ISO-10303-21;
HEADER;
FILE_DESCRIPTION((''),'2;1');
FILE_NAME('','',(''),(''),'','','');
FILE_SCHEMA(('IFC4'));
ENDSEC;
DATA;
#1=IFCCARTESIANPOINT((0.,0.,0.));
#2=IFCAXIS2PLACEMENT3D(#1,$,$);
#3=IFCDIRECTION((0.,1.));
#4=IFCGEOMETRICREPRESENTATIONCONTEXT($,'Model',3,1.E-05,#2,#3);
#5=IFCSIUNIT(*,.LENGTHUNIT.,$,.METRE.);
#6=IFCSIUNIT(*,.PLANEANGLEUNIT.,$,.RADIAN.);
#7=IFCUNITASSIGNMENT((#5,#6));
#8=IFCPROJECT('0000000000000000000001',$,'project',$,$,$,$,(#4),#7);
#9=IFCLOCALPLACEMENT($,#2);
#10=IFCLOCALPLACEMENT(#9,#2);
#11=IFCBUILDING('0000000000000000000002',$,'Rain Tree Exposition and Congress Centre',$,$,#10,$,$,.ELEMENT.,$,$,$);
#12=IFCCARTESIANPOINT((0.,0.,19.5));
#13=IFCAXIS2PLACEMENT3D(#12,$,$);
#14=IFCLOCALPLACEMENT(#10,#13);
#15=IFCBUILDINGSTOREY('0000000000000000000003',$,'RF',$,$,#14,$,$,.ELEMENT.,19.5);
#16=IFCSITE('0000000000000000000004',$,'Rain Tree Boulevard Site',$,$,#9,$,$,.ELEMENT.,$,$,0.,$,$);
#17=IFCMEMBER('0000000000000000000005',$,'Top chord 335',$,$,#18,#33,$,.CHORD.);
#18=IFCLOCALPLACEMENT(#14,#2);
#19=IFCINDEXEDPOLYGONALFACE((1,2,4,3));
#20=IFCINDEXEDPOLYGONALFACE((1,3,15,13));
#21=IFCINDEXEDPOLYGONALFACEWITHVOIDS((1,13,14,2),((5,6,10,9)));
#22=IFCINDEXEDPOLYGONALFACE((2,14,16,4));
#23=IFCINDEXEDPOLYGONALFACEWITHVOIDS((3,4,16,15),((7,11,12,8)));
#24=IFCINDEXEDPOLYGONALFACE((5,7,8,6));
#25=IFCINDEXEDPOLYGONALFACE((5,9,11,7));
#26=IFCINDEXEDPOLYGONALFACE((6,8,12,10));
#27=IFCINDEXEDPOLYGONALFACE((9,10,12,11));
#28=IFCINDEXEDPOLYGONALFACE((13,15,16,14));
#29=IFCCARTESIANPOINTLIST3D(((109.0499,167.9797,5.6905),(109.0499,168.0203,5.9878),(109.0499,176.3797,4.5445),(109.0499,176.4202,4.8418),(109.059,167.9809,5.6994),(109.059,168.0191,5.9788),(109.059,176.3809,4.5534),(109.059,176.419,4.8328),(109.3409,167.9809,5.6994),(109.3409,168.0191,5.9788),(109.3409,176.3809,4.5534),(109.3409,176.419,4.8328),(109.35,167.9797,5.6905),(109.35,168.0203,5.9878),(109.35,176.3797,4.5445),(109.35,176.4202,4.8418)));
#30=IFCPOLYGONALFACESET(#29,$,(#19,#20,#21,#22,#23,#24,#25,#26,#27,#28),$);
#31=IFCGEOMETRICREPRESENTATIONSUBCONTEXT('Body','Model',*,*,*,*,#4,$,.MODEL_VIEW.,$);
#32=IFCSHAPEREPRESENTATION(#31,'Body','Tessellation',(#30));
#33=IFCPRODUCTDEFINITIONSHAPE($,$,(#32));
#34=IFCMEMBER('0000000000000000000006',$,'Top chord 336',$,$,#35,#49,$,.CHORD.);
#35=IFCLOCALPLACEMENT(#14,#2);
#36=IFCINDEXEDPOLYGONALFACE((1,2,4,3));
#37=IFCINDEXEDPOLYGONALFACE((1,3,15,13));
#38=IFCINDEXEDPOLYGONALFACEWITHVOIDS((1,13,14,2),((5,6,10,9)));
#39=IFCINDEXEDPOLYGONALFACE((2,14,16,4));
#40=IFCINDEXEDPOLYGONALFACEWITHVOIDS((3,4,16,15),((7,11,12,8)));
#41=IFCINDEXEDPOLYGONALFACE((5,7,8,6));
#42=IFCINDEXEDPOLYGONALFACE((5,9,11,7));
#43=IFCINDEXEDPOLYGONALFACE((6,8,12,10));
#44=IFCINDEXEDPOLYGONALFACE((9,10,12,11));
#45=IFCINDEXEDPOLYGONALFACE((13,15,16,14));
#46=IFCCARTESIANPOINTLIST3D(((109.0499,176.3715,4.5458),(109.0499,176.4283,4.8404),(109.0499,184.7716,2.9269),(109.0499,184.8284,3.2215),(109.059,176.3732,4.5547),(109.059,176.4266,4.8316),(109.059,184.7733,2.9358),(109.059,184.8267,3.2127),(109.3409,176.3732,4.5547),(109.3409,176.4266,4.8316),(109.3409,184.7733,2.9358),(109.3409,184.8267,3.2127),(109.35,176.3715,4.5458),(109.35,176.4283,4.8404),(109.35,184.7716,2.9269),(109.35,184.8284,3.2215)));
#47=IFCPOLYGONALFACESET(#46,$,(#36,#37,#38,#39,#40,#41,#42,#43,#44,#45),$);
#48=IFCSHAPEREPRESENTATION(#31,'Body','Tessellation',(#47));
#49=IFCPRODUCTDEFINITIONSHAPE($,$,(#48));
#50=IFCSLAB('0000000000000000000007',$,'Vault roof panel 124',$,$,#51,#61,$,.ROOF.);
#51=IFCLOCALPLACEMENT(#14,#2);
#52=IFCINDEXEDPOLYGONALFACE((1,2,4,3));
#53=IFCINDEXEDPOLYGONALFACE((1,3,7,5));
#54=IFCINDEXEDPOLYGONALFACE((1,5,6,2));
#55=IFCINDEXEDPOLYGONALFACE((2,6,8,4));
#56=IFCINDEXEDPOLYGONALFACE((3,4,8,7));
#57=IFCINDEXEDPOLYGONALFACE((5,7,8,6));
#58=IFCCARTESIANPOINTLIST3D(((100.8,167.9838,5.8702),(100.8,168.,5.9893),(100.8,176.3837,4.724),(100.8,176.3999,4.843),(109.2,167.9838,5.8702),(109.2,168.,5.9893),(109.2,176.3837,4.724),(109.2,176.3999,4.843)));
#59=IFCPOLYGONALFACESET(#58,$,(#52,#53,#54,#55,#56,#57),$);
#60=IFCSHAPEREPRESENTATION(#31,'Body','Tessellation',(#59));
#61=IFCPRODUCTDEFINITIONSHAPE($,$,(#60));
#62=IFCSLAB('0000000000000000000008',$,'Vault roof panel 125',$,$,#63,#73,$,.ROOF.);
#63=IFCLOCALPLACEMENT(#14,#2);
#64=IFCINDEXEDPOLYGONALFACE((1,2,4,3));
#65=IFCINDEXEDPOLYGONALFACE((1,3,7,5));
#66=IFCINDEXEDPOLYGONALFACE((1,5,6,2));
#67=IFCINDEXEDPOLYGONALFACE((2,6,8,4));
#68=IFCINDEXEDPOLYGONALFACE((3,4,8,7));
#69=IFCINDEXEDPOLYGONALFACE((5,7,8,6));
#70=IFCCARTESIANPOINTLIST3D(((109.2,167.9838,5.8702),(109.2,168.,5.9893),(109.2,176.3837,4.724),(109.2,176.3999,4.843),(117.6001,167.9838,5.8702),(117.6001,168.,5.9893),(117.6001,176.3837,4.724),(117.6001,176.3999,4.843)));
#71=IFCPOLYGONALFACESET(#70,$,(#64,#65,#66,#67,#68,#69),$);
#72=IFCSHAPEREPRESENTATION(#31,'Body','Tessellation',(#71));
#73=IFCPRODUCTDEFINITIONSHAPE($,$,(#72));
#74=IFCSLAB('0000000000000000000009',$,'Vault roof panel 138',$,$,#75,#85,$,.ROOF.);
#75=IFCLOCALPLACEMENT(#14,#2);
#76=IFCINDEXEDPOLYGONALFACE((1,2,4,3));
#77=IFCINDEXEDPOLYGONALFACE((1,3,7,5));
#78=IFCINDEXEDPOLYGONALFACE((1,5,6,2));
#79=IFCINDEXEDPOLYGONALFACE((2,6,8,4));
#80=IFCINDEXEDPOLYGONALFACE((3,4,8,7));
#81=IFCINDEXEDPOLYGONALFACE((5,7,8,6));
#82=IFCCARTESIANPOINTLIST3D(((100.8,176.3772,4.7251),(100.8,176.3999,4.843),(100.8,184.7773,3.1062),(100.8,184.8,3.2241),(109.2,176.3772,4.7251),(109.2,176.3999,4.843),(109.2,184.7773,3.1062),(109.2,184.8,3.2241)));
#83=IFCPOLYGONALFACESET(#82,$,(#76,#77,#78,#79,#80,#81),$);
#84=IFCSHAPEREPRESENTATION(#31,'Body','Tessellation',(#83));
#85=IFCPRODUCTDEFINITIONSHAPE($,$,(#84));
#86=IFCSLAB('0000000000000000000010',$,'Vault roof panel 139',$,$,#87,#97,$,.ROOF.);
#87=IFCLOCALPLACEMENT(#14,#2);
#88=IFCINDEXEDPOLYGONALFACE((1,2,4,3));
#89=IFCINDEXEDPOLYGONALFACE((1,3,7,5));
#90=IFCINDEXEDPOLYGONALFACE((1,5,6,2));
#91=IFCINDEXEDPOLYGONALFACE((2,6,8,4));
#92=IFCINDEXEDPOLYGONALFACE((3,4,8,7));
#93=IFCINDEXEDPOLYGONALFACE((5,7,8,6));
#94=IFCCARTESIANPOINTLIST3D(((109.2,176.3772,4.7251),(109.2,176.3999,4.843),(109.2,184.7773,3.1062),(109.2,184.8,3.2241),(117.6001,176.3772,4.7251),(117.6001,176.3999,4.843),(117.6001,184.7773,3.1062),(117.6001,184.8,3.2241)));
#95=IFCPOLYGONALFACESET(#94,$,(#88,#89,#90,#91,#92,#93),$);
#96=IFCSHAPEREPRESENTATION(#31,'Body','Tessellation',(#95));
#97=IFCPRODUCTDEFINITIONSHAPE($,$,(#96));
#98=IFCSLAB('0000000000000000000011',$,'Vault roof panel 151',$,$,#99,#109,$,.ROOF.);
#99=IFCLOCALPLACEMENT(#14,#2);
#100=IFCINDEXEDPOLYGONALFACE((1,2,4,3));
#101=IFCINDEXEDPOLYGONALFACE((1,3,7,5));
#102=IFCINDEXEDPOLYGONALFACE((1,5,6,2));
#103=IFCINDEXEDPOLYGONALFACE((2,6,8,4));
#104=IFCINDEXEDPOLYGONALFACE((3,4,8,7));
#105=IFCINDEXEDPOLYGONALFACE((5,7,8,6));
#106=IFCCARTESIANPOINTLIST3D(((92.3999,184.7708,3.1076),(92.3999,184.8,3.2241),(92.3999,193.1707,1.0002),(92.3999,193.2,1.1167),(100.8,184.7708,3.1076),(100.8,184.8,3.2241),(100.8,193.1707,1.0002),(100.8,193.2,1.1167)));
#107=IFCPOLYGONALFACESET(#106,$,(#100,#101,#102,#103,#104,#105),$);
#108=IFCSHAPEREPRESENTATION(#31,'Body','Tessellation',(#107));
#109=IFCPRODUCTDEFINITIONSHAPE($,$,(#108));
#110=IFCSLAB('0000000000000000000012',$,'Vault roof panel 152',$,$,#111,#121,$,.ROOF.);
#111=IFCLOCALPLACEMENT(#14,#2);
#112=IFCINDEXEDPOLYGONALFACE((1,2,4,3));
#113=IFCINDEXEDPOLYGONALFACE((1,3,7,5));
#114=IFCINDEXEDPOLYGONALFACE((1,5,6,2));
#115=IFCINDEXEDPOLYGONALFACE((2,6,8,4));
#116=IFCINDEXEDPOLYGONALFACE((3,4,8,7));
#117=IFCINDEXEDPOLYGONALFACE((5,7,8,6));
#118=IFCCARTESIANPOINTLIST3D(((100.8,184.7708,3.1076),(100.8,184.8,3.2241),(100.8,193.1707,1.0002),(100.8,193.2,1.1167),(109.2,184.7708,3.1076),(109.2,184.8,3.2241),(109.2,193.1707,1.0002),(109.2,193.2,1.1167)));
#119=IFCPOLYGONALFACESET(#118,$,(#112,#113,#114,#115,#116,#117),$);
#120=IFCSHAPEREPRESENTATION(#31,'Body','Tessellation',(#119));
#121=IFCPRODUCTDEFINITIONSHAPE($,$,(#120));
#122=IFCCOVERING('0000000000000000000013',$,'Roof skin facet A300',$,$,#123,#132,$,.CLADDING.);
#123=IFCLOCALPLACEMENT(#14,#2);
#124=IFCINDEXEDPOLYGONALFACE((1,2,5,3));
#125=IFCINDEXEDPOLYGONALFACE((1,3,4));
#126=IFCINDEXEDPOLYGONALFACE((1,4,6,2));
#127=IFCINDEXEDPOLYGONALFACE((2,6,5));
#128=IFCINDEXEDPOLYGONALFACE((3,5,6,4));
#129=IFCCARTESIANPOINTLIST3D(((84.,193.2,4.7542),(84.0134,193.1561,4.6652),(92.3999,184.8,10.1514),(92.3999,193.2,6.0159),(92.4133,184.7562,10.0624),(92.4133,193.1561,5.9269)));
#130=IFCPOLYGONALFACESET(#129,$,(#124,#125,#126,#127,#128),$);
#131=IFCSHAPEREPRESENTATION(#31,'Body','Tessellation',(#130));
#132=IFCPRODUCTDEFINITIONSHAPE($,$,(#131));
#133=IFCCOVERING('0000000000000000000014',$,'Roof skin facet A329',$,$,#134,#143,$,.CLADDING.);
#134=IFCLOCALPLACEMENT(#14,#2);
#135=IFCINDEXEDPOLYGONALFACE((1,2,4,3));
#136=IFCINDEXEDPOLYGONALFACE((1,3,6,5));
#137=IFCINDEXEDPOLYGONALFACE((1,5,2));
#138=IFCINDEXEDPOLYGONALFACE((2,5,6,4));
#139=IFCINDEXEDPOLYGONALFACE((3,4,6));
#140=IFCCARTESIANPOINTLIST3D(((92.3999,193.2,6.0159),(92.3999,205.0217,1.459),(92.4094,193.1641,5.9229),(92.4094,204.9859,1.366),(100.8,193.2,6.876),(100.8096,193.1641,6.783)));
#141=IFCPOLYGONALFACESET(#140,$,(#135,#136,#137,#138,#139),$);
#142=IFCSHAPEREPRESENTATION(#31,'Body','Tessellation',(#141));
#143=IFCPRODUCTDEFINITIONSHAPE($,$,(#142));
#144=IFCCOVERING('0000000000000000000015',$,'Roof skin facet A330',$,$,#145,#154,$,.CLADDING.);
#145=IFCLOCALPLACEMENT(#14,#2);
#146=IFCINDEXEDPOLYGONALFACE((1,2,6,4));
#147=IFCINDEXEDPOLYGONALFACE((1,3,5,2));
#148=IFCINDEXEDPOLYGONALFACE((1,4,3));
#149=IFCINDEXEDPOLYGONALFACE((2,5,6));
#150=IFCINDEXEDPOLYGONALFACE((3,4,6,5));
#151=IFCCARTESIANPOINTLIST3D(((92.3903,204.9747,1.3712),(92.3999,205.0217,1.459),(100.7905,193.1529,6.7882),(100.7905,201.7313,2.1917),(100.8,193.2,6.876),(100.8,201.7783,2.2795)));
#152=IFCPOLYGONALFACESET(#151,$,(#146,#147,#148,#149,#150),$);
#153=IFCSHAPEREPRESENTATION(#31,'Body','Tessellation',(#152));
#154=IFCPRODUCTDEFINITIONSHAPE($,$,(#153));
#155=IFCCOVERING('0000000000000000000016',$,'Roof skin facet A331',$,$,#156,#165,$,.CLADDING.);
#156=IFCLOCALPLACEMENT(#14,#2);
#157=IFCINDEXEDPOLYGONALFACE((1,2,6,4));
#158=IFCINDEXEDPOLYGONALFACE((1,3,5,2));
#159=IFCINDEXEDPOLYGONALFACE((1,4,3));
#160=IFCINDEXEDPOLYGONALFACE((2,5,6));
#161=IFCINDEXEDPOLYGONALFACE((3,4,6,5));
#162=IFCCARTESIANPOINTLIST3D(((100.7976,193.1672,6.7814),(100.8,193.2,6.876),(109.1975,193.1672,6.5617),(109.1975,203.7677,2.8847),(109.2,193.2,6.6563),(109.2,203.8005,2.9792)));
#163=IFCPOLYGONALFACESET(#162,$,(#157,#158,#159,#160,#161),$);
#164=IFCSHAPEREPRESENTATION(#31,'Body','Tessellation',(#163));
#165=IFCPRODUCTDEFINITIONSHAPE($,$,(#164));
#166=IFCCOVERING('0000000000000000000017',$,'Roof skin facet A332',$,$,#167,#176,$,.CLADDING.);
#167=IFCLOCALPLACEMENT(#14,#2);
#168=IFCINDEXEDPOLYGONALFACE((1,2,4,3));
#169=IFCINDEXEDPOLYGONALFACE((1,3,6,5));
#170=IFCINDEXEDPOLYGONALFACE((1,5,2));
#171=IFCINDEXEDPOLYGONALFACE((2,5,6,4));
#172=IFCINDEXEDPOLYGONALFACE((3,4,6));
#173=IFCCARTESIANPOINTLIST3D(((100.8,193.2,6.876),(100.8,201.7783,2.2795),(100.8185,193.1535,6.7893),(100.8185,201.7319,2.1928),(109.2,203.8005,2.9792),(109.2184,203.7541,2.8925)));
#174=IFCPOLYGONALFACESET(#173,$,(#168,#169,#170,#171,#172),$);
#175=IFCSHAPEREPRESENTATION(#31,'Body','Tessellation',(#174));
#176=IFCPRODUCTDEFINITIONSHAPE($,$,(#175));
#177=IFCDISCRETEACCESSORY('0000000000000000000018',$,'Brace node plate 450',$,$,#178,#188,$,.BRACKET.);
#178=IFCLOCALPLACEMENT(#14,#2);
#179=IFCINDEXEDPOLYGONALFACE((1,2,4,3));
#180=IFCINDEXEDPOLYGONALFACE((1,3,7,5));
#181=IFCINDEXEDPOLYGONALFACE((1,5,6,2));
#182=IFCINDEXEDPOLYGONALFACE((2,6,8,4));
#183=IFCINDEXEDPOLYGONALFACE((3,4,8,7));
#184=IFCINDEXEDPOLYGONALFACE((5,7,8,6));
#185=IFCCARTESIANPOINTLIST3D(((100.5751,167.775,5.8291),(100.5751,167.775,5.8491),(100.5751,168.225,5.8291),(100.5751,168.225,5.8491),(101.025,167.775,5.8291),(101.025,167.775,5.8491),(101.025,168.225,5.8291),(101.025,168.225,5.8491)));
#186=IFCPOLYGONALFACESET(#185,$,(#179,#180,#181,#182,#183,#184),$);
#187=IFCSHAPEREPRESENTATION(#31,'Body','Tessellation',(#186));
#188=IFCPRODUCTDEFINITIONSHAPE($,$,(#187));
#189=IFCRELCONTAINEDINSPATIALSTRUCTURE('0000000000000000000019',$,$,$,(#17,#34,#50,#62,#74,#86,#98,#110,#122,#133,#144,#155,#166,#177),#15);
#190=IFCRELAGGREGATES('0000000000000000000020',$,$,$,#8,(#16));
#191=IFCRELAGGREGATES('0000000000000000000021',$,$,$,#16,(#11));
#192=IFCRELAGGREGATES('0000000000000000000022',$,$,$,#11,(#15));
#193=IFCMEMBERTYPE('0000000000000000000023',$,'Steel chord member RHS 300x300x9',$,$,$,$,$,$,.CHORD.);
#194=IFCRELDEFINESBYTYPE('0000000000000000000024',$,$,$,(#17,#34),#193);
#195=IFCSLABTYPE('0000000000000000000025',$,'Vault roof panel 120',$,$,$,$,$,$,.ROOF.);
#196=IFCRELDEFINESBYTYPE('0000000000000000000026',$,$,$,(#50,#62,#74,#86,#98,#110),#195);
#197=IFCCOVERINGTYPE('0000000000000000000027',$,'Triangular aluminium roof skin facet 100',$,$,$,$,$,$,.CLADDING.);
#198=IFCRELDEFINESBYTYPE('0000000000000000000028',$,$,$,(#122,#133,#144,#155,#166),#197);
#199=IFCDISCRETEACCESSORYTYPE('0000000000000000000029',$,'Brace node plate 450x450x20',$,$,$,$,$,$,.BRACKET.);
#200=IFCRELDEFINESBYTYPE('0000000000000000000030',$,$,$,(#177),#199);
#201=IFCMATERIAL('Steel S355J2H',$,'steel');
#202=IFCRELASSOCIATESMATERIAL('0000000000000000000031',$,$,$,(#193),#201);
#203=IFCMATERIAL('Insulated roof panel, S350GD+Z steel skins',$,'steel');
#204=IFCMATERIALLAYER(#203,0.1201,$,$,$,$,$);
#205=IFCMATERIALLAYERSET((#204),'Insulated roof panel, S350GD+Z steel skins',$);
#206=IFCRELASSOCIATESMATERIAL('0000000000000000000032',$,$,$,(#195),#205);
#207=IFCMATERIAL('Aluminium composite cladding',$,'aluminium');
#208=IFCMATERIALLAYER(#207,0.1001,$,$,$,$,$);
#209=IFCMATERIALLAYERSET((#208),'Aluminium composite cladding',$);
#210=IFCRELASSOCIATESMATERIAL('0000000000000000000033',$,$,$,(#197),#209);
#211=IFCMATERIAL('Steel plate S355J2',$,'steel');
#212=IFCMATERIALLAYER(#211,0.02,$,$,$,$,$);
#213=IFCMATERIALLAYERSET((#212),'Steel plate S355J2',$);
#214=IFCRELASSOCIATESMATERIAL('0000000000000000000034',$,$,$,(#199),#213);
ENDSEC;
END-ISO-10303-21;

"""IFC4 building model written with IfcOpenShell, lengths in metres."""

from ifc_helpers import new_model, si_unit, direction, frame, origin, origin_2d, place, context, subcontext, project, spatial, polyline, rectangle, hollow_rectangle, outline, extrude, material, layer, layer_set, material_profile, profile_set, type_object, element, save


model = new_model("IFC4")

# Units and contexts
model_context = context("Model", 3, precision=1e-05, world=origin(), true_north=direction((0.0, 1.0)))
body_context = subcontext(model_context, "Body", "Model", "MODEL_VIEW")
ifc_project = project(units=[si_unit("LENGTHUNIT", "METRE"), si_unit("PLANEANGLEUNIT", "RADIAN")], contexts=[model_context])

# Site, building, storey
site_placement = place(None, origin())
site = spatial("IfcSite", under=ifc_project, at=site_placement, Name="Rain Tree Boulevard Site", CompositionType="ELEMENT", RefElevation=0.0)
building_placement = place(site_placement, origin())
building = spatial("IfcBuilding", under=site, at=building_placement, Name="Rain Tree Exposition and Congress Centre", CompositionType="ELEMENT")
storey_placement = place(building_placement, frame((0.0, 0.0, 19.5)))
storey = spatial("IfcBuildingStorey", under=building, at=storey_placement, Name="RF", CompositionType="ELEMENT", Elevation=19.5)

# Members
ifc_material_1 = material(Name="Steel S355J2H", Category="steel")
ifc_material_profile_1 = material_profile(ifc_material_1, hollow_rectangle(XDim=0.3, YDim=0.3, WallThickness=0.009, at=origin_2d()), Name="RHS 300x300x9")
ifc_profile_set_1 = profile_set([ifc_material_profile_1], Name="Steel S355J2H")
member_type = type_object("IfcMemberType", Name="Steel chord member RHS 300x300x9", PredefinedType="CHORD", material=ifc_profile_set_1)
member_1_placement = place(storey_placement, frame((109.2, 168.0, 5.8391), z_axis=(0.0, 0.990821, -0.135177), x_axis=(-1.0, 0.0, 0.0)))
element("IfcMember", 1, at=member_1_placement, inside=storey, type_object=member_type, Name="Top chord 335", PredefinedType="CHORD", context=body_context, shape_type="SweptSolid", body=[
    extrude(hollow_rectangle(XDim=0.3, YDim=0.3, WallThickness=0.009, at=origin_2d()), origin(), (0.0, 0.0, 1.0), 8.4778),
])
member_2_placement = place(storey_placement, frame((109.2, 176.3999, 4.6931), z_axis=(0.0, 0.981931, -0.18924), x_axis=(-1.0, 0.0, 0.0)))
element("IfcMember", 2, at=member_2_placement, inside=storey, type_object=member_type, Name="Top chord 336", PredefinedType="CHORD", context=body_context, shape_type="SweptSolid", body=[
    extrude(hollow_rectangle(XDim=0.3, YDim=0.3, WallThickness=0.009, at=origin_2d()), origin(), (0.0, 0.0, 1.0), 8.5547),
])

# Slabs
ifc_material_2 = material(Name="Insulated roof panel, S350GD+Z steel skins", Category="steel")
ifc_layer_1 = layer(ifc_material_2, 0.1201)
ifc_layer_set_1 = layer_set([ifc_layer_1], Name="Insulated roof panel, S350GD+Z steel skins")
slab_type = type_object("IfcSlabType", Name="Vault roof panel 120", PredefinedType="ROOF", material=ifc_layer_set_1)
slab_1_placement = place(storey_placement, frame((100.8, 168.0, 5.9893), z_axis=(0.0, 0.135206, 0.990818), x_axis=(1.0, 0.0, 0.0)))
element("IfcSlab", 3, at=slab_1_placement, inside=storey, type_object=slab_type, Name="Vault roof panel 124", PredefinedType="ROOF", context=body_context, shape_type="SweptSolid", body=[
    extrude(outline(polyline([(0.0, 0.0), (8.3999, 0.0), (8.3999, 8.4777), (0.0, 8.4777), (0.0, 0.0)])), origin(), (0.0, 0.0, -1.0), 0.1201),
])
slab_2_placement = place(storey_placement, frame((109.2, 168.0, 5.9893), z_axis=(0.0, 0.135206, 0.990818), x_axis=(1.0, 0.0, 0.0)))
element("IfcSlab", 4, at=slab_2_placement, inside=storey, type_object=slab_type, Name="Vault roof panel 125", PredefinedType="ROOF", context=body_context, shape_type="SweptSolid", body=[
    extrude(outline(polyline([(0.0, 0.0), (8.4001, 0.0), (8.4001, 8.4777), (0.0, 8.4777), (0.0, 0.0)])), origin(), (0.0, 0.0, -1.0), 0.1201),
])
slab_3_placement = place(storey_placement, frame((100.8, 176.3999, 4.843), z_axis=(0.0, 0.18924, 0.981931), x_axis=(1.0, 0.0, 0.0)))
element("IfcSlab", 5, at=slab_3_placement, inside=storey, type_object=slab_type, Name="Vault roof panel 138", PredefinedType="ROOF", context=body_context, shape_type="SweptSolid", body=[
    extrude(outline(polyline([(0.0, 0.0), (8.3999, 0.0), (8.3999, 8.5547), (0.0, 8.5547), (0.0, 0.0)])), origin(), (0.0, 0.0, -1.0), 0.1201),
])
slab_4_placement = place(storey_placement, frame((109.2, 176.3999, 4.843), z_axis=(0.0, 0.18924, 0.981931), x_axis=(1.0, 0.0, 0.0)))
element("IfcSlab", 6, at=slab_4_placement, inside=storey, type_object=slab_type, Name="Vault roof panel 139", PredefinedType="ROOF", context=body_context, shape_type="SweptSolid", body=[
    extrude(outline(polyline([(0.0, 0.0), (8.4001, 0.0), (8.4001, 8.5547), (0.0, 8.5547), (0.0, 0.0)])), origin(), (0.0, 0.0, -1.0), 0.1201),
])
slab_5_placement = place(storey_placement, frame((92.3999, 184.8, 3.2241), z_axis=(0.0, 0.243345, 0.96994), x_axis=(1.0, 0.0, 0.0)))
element("IfcSlab", 7, at=slab_5_placement, inside=storey, type_object=slab_type, Name="Vault roof panel 151", PredefinedType="ROOF", context=body_context, shape_type="SweptSolid", body=[
    extrude(outline(polyline([(0.0, 0.0), (8.4001, 0.0), (8.4001, 8.6602), (0.0, 8.6602), (0.0, 0.0)])), origin(), (0.0, 0.0, -1.0), 0.1201),
])
slab_6_placement = place(storey_placement, frame((100.8, 184.8, 3.2241), z_axis=(0.0, 0.243345, 0.96994), x_axis=(1.0, 0.0, 0.0)))
element("IfcSlab", 8, at=slab_6_placement, inside=storey, type_object=slab_type, Name="Vault roof panel 152", PredefinedType="ROOF", context=body_context, shape_type="SweptSolid", body=[
    extrude(outline(polyline([(0.0, 0.0), (8.3999, 0.0), (8.3999, 8.6602), (0.0, 8.6602), (0.0, 0.0)])), origin(), (0.0, 0.0, -1.0), 0.1201),
])

# Coverings
ifc_material_3 = material(Name="Aluminium composite cladding", Category="aluminium")
ifc_layer_2 = layer(ifc_material_3, 0.1001)
ifc_layer_set_2 = layer_set([ifc_layer_2], Name="Aluminium composite cladding")
covering_type = type_object("IfcCoveringType", Name="Triangular aluminium roof skin facet 100", PredefinedType="CLADDING", material=ifc_layer_set_2)
covering_1_placement = place(storey_placement, frame((92.3999, 184.8, 10.1514), z_axis=(-0.133553, 0.437741, 0.889127), x_axis=(0.0, 0.897164, -0.441698)))
element("IfcCovering", 9, at=covering_1_placement, inside=storey, type_object=covering_type, Name="Roof skin facet A300", PredefinedType="CLADDING", context=body_context, shape_type="SweptSolid", body=[
    extrude(outline(polyline([(0.0, 0.0), (9.3627, 0.0), (9.92, 8.4758), (0.0, 0.0)])), origin(), (0.0, 0.0, -1.0), 0.1001),
])
covering_2_placement = place(storey_placement, frame((92.3999, 193.2, 6.0159), z_axis=(-0.095107, 0.358039, 0.92885), x_axis=(0.994799, 0.0, 0.101859)))
element("IfcCovering", 10, at=covering_2_placement, inside=storey, type_object=covering_type, Name="Roof skin facet A329", PredefinedType="CLADDING", context=body_context, shape_type="SweptSolid", body=[
    extrude(outline(polyline([(0.0, 0.0), (8.4441, 0.0), (-0.4642, 12.6611), (0.0, 0.0)])), origin(), (0.0, 0.0, -1.0), 0.1001),
])
covering_3_placement = place(storey_placement, frame((100.8, 193.2, 6.876), z_axis=(0.095813, 0.470119, 0.877387), x_axis=(0.0, 0.881442, -0.472292)))
element("IfcCovering", 11, at=covering_3_placement, inside=storey, type_object=covering_type, Name="Roof skin facet A330", PredefinedType="CLADDING", context=body_context, shape_type="SweptSolid", body=[
    extrude(outline(polyline([(0.0, 0.0), (9.7322, 0.0), (12.9786, 8.439), (0.0, 0.0)])), origin(), (0.0, 0.0, -1.0), 0.1001),
])
covering_4_placement = place(storey_placement, frame((100.8, 193.2, 6.876), z_axis=(0.024706, 0.327613, 0.944489), x_axis=(0.999658, 0.0, -0.026149)))
element("IfcCovering", 12, at=covering_4_placement, inside=storey, type_object=covering_type, Name="Roof skin facet A331", PredefinedType="CLADDING", context=body_context, shape_type="SweptSolid", body=[
    extrude(outline(polyline([(0.0, 0.0), (8.4028, 0.0), (8.4989, 11.2198), (0.0, 0.0)])), origin(), (0.0, 0.0, -1.0), 0.1001),
])
covering_5_placement = place(storey_placement, frame((100.8, 193.2, 6.876), z_axis=(-0.183932, 0.464234, 0.866404), x_axis=(0.596781, 0.753132, -0.276848)))
element("IfcCovering", 13, at=covering_5_placement, inside=storey, type_object=covering_type, Name="Roof skin facet A332", PredefinedType="CLADDING", context=body_context, shape_type="SweptSolid", body=[
    extrude(outline(polyline([(0.0, 0.0), (14.0753, 0.0), (7.7332, 5.9088), (0.0, 0.0)])), origin(), (0.0, 0.0, -1.0), 0.1001),
])

# Discrete accessory
ifc_material_4 = material(Name="Steel plate S355J2", Category="steel")
ifc_layer_3 = layer(ifc_material_4, 0.02)
ifc_layer_set_3 = layer_set([ifc_layer_3], Name="Steel plate S355J2")
discrete_accessory_type_1 = type_object("IfcDiscreteAccessoryType", Name="Brace node plate 450x450x20", PredefinedType="BRACKET", material=ifc_layer_set_3)
for number, where, z_axis, x_axis, name in (
    (14, (100.8, 168.0, 5.8291), (0.0, 0.0, 1.0), (1.0, 0.0, 0.0), "Brace node plate 450"),
):
    element("IfcDiscreteAccessory", number, at=place(storey_placement, frame(where, z_axis=z_axis, x_axis=x_axis)), inside=storey, type_object=discrete_accessory_type_1, Name=name, PredefinedType="BRACKET", context=body_context, shape_type="SweptSolid", body=[
        extrude(rectangle(XDim=0.45, YDim=0.45, at=origin_2d()), origin(), (0.0, 0.0, 1.0), 0.02),
    ])

save(model, "model.ifc")
